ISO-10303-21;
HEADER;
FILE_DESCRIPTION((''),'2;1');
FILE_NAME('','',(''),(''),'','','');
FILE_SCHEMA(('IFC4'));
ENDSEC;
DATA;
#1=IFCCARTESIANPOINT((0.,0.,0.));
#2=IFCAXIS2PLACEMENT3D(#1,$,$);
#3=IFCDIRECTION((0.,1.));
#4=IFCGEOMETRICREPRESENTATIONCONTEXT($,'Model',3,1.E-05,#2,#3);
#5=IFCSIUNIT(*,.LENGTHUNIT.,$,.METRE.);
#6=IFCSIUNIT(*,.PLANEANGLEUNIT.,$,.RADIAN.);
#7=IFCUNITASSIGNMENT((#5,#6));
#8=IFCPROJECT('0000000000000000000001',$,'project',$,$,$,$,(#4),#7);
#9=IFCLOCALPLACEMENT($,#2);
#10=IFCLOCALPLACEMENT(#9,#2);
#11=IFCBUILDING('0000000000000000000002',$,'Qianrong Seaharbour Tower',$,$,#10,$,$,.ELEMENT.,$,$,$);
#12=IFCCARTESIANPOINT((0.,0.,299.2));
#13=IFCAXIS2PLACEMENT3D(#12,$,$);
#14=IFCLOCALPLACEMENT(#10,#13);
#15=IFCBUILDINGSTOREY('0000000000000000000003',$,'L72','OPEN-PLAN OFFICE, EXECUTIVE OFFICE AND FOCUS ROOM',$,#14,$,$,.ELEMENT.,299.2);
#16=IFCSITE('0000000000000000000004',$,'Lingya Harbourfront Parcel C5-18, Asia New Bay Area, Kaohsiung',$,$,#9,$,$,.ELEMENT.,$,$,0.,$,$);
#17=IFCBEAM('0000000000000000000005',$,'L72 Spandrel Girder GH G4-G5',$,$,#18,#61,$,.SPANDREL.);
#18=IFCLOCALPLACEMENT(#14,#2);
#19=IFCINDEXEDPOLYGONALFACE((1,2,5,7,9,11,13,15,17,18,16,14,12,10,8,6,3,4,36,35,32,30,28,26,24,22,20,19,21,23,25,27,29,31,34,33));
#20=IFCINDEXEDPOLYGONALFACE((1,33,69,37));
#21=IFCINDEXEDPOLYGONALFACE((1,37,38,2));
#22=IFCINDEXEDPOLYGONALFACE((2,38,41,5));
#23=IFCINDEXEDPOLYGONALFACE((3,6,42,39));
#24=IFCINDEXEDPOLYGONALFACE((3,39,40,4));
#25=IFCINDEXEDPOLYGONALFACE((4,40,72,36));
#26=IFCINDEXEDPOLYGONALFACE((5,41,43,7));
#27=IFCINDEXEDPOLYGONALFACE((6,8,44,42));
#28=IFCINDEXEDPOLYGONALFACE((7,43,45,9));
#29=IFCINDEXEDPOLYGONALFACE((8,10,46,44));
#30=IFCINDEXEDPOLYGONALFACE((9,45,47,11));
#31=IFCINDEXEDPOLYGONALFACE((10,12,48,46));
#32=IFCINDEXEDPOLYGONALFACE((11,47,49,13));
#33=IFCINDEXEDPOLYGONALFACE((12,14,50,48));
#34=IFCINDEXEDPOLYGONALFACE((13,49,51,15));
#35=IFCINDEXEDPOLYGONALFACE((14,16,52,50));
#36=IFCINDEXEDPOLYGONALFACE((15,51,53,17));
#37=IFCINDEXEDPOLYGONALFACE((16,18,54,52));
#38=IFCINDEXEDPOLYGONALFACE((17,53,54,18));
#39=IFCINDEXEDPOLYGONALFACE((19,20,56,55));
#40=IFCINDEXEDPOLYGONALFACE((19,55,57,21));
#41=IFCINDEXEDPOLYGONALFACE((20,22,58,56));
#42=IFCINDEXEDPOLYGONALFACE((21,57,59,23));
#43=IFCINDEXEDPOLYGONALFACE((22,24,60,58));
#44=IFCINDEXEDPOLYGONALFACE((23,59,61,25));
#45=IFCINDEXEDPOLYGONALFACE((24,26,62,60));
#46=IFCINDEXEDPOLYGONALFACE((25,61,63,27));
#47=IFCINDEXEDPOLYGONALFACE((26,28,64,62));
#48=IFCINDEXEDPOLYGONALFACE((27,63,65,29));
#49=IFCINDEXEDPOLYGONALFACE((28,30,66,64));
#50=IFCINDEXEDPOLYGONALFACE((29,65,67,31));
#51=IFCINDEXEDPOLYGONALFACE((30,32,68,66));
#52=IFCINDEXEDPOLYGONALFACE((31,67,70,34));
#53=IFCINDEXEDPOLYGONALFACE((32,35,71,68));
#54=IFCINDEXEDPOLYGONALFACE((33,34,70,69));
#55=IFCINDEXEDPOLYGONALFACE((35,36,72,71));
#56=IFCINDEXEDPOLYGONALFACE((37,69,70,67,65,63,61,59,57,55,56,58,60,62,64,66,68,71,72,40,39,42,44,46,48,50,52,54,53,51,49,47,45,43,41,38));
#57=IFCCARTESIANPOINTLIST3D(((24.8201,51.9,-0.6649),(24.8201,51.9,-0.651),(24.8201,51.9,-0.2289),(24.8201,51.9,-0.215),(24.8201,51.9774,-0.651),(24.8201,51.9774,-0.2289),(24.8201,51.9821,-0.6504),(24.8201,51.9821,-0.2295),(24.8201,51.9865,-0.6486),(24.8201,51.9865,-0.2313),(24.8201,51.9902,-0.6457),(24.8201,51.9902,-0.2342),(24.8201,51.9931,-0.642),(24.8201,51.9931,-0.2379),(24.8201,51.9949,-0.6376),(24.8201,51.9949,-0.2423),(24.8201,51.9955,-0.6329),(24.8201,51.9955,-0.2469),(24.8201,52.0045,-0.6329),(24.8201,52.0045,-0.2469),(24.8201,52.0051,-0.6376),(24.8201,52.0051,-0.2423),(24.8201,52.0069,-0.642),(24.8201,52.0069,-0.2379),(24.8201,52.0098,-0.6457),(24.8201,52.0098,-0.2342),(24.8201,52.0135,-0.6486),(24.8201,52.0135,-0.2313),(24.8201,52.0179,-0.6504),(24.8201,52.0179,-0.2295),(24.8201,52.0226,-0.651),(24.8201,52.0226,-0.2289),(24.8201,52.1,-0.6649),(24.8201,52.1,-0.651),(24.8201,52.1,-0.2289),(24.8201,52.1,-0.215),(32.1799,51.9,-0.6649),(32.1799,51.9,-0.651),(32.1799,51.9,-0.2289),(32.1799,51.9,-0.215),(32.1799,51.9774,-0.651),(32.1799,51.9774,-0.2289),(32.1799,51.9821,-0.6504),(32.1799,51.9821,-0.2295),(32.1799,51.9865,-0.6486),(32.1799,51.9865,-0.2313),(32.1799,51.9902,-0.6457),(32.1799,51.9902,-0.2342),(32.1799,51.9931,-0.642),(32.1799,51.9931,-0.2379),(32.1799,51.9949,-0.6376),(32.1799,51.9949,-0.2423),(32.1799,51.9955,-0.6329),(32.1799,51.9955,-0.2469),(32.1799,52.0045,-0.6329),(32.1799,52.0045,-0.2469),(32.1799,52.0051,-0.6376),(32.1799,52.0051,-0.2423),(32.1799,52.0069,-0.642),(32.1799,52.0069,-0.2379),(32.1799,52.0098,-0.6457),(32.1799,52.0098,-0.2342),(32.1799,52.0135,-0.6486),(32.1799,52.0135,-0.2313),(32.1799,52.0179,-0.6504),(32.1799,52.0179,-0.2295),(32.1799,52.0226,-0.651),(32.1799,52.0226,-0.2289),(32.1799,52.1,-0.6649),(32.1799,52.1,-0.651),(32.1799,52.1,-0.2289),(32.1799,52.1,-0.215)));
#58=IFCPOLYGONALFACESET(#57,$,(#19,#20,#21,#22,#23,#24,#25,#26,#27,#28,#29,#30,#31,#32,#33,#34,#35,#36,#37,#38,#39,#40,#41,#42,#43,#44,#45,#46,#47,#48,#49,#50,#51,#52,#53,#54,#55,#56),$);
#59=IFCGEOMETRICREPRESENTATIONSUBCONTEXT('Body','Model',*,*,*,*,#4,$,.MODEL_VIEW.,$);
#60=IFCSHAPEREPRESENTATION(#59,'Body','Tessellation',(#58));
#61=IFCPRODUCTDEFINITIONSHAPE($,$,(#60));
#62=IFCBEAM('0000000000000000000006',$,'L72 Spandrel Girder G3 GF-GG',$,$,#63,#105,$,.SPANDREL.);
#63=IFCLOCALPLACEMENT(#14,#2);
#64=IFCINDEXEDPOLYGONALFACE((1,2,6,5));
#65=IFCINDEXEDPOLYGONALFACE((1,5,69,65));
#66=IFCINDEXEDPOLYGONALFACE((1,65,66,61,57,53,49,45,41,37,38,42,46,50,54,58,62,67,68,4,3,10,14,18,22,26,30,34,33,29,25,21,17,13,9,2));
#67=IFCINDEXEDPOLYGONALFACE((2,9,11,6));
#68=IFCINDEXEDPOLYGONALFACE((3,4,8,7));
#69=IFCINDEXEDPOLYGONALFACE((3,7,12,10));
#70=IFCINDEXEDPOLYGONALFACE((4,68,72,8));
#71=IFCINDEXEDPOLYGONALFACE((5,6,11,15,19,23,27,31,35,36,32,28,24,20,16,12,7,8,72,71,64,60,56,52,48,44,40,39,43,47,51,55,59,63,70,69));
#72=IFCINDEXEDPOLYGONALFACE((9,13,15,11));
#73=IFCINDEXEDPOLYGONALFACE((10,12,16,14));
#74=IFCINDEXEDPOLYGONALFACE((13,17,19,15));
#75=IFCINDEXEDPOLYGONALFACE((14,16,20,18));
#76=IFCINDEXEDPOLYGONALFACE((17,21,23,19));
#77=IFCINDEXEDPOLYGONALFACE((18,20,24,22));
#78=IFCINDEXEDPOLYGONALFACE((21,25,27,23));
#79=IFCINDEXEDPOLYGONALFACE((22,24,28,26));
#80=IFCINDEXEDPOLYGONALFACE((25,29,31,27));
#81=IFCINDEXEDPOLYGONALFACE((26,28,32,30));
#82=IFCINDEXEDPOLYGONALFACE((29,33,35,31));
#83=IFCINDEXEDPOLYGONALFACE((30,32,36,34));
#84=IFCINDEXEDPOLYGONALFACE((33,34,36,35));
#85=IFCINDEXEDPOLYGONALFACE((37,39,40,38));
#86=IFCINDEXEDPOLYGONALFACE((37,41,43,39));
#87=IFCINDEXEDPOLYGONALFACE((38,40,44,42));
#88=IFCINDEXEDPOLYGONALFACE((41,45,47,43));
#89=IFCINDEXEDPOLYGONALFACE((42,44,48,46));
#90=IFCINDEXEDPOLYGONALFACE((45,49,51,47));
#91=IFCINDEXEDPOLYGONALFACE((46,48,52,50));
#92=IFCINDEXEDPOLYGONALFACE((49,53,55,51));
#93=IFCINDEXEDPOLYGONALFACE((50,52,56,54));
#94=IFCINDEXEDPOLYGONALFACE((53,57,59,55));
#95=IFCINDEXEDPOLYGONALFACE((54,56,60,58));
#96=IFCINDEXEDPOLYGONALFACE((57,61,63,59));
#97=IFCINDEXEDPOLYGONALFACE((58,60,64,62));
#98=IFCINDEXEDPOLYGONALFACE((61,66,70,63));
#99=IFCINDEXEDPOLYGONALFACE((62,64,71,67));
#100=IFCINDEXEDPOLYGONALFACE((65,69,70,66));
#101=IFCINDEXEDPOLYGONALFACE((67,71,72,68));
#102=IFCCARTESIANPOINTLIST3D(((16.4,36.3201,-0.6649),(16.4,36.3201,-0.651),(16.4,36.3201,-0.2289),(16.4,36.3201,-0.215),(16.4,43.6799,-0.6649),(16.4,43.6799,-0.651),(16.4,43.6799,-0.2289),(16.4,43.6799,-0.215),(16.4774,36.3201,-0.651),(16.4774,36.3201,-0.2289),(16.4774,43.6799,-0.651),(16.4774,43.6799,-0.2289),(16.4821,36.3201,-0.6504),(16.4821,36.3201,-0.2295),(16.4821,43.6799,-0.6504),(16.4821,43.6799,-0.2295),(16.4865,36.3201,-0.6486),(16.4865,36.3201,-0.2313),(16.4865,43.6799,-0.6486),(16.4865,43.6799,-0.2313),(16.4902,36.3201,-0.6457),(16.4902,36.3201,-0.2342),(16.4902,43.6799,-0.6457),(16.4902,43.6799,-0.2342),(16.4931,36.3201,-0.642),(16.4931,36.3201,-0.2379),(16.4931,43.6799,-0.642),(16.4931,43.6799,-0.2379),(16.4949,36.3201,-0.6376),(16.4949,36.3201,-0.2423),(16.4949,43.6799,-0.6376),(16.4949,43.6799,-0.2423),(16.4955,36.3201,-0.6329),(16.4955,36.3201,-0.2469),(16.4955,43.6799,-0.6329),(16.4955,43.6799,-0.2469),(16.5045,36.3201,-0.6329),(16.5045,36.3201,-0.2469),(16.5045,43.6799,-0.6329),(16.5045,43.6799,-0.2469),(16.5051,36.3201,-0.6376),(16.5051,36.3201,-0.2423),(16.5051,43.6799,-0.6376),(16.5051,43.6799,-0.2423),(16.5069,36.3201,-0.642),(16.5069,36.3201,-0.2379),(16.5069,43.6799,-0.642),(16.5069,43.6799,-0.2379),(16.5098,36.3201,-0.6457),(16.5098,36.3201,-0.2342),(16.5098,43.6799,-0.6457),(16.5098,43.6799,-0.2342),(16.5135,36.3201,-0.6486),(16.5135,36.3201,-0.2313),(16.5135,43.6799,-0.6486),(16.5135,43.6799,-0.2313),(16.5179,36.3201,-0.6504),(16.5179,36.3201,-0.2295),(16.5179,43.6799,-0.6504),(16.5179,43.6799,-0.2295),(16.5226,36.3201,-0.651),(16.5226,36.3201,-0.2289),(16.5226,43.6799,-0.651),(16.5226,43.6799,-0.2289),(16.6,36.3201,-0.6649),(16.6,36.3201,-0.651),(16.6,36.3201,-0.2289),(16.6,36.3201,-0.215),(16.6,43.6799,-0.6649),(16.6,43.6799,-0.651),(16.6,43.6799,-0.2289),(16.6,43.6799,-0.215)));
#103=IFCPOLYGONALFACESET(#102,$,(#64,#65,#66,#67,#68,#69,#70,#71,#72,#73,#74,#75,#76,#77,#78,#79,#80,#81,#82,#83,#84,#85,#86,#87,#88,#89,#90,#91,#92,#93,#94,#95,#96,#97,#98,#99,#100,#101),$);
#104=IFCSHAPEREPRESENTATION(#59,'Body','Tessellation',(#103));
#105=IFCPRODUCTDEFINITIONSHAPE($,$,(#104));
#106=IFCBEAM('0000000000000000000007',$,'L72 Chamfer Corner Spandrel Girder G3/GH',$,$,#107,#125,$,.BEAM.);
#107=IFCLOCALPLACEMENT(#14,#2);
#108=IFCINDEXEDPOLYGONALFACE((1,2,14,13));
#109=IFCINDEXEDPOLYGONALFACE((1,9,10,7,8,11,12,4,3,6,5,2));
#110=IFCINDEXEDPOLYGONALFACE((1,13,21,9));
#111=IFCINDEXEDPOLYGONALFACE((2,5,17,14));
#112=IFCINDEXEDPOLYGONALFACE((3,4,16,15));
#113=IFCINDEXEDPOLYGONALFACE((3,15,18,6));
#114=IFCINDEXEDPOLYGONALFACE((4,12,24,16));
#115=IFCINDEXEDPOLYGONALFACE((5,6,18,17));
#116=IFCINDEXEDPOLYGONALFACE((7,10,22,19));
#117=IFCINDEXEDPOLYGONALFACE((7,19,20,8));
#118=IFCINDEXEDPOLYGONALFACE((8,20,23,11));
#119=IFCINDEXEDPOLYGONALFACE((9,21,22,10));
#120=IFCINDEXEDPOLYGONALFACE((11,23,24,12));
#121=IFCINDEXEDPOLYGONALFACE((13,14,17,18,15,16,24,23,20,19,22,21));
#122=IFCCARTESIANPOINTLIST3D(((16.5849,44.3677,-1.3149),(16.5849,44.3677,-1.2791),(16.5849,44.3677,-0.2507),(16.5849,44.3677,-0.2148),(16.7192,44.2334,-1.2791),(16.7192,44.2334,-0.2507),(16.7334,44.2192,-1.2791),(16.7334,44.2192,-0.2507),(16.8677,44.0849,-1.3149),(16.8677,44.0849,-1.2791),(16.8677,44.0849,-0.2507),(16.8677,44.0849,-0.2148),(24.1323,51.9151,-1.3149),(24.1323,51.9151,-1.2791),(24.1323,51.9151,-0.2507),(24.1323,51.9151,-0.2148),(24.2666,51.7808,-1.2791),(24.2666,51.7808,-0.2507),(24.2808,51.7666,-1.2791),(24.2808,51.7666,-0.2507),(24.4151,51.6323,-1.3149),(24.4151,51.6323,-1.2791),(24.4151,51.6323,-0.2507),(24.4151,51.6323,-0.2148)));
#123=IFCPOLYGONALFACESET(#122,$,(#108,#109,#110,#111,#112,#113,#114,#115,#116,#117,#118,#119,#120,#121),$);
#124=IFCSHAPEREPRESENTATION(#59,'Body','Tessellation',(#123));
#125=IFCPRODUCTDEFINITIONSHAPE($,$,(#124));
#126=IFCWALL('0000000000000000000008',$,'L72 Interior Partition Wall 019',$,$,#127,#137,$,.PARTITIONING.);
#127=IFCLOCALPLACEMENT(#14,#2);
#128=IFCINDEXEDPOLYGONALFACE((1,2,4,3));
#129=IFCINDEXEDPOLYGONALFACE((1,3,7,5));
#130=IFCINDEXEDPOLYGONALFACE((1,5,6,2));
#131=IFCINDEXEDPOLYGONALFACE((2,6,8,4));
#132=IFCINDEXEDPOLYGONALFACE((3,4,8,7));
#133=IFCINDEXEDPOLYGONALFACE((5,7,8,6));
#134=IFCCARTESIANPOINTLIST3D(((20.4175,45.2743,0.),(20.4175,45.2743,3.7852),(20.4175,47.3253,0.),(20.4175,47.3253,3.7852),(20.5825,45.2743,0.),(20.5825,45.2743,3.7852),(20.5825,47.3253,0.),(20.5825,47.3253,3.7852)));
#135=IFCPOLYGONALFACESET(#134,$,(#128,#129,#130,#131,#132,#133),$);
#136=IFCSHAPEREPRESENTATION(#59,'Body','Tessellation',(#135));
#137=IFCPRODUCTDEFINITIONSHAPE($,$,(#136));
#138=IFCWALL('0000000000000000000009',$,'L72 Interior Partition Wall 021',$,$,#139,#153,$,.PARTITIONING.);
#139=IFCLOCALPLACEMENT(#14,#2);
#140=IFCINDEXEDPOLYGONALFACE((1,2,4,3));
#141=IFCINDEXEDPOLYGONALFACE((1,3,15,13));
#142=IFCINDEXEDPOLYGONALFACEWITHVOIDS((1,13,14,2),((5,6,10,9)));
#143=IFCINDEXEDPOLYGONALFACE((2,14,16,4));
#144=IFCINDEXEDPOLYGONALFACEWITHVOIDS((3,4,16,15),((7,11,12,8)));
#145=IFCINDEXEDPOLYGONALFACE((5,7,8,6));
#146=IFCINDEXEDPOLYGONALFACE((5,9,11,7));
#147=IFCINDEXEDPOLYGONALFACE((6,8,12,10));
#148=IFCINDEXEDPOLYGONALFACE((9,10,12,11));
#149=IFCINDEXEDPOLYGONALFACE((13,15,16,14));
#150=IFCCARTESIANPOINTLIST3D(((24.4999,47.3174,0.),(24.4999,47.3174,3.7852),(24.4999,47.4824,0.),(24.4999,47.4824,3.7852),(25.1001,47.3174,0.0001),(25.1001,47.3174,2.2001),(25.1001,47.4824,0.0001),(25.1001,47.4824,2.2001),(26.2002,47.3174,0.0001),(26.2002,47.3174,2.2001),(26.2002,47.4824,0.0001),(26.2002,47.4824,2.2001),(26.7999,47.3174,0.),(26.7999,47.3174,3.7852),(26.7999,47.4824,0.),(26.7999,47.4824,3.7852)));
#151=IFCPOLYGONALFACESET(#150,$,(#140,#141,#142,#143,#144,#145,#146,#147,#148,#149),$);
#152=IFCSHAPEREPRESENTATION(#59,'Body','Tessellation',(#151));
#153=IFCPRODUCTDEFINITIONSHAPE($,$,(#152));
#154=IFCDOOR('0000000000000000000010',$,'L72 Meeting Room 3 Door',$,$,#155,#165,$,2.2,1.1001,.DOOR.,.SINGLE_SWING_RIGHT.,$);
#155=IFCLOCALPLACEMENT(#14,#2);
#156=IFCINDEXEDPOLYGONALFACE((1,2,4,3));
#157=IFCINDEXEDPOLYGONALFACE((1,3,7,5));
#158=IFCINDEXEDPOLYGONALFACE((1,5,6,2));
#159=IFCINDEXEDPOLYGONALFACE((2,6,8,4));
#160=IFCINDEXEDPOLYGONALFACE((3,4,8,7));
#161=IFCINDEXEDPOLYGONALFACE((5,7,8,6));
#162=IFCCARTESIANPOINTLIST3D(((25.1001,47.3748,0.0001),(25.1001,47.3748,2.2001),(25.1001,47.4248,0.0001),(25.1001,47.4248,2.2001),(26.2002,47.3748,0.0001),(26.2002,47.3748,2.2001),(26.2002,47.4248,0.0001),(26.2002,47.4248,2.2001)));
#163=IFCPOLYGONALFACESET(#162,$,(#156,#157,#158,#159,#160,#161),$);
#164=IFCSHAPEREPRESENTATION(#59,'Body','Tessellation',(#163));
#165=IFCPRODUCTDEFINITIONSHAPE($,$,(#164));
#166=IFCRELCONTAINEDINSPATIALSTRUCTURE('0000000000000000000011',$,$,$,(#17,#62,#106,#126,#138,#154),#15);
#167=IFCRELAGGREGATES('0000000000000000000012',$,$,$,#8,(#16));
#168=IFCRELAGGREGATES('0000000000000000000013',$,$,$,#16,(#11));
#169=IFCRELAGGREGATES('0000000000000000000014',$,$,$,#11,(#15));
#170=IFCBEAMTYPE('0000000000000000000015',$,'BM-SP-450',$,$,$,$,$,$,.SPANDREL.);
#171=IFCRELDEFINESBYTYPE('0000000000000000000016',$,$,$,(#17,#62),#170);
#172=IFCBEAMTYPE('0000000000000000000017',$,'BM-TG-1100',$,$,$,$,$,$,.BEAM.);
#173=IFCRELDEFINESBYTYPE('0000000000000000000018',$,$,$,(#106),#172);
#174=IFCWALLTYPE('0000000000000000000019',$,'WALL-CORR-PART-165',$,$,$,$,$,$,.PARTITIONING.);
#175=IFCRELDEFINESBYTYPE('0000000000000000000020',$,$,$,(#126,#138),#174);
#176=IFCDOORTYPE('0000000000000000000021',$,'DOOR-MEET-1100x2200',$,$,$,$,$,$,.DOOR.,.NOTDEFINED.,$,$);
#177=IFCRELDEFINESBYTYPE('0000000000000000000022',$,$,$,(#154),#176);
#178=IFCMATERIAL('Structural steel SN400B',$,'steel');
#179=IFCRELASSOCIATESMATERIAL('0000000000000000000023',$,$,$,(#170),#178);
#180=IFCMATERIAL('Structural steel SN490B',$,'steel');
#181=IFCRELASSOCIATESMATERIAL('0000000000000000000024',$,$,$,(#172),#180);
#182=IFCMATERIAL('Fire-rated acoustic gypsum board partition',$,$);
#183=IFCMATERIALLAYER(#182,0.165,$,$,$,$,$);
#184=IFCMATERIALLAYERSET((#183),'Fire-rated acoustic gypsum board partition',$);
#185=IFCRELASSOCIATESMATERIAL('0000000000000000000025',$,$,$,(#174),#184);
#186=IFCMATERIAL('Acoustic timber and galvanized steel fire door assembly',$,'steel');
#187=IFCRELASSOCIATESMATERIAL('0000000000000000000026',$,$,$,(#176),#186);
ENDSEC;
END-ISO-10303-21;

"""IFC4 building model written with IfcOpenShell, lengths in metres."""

from ifc_helpers import new_model, si_unit, direction, frame, frame_2d, origin, origin_2d, place, context, subcontext, project, spatial, rectangle, i_section, extrude, material, layer, layer_set, material_profile, profile_set, type_object, element, fill, save


model = new_model("IFC4")

# Units and contexts
model_context = context("Model", 3, precision=1e-05, world=origin(), true_north=direction((0.0, 1.0)))
body_context = subcontext(model_context, "Body", "Model", "MODEL_VIEW")
ifc_project = project(units=[si_unit("LENGTHUNIT", "METRE"), si_unit("PLANEANGLEUNIT", "RADIAN")], contexts=[model_context])

# Site, building, storey
site_placement = place(None, origin())
site = spatial("IfcSite", under=ifc_project, at=site_placement, Name="Lingya Harbourfront Parcel C5-18, Asia New Bay Area, Kaohsiung", CompositionType="ELEMENT", RefElevation=0.0)
building_placement = place(site_placement, origin())
building = spatial("IfcBuilding", under=site, at=building_placement, Name="Qianrong Seaharbour Tower", CompositionType="ELEMENT")
storey_placement = place(building_placement, frame((0.0, 0.0, 299.2)))
storey = spatial("IfcBuildingStorey", under=building, at=storey_placement, Name="L72", Description="OPEN-PLAN OFFICE, EXECUTIVE OFFICE AND FOCUS ROOM", CompositionType="ELEMENT", Elevation=299.2)

# Shared definitions
ifc_material_1 = material(Name="Structural steel SN490B", Category="steel")
ifc_material_2 = material(Name="Structural steel SN400B", Category="steel")

# Beams
ifc_material_profile_1 = material_profile(ifc_material_2, i_section(OverallWidth=0.2, OverallDepth=0.45, WebThickness=0.009, FlangeThickness=0.0139, FilletRadius=0.0181, at=origin_2d()), Name="H450x200x9x14")
ifc_profile_set_1 = profile_set([ifc_material_profile_1], Name="Structural steel SN400B")
beam_type_1 = type_object("IfcBeamType", Name="BM-SP-450", PredefinedType="SPANDREL", material=ifc_profile_set_1)
for number, where, z_axis, x_axis, name in (
    (1, (24.8201, 52.0, -0.4399), (1.0, 0.0, 0.0), (0.0, 1.0, 0.0), "L72 Spandrel Girder GH G4-G5"),
    (2, (16.5, 36.3201, -0.4399), (0.0, 1.0, 0.0), (-1.0, 0.0, 0.0), "L72 Spandrel Girder G3 GF-GG"),
):
    element("IfcBeam", number, at=place(storey_placement, frame(where, z_axis=z_axis, x_axis=x_axis)), inside=storey, type_object=beam_type_1, Name=name, PredefinedType="SPANDREL", context=body_context, shape_type="SweptSolid", body=[
        extrude(i_section(OverallWidth=0.2, OverallDepth=0.45, WebThickness=0.009, FlangeThickness=0.0139, FilletRadius=0.0181, at=origin_2d()), origin(), (0.0, 0.0, 1.0), 7.3599),
    ])
ifc_material_profile_2 = material_profile(ifc_material_1, i_section(OverallWidth=0.3999, OverallDepth=1.1001, WebThickness=0.02, FlangeThickness=0.0359, at=origin_2d()), Name="BH1100x400x20x36")
ifc_profile_set_2 = profile_set([ifc_material_profile_2], Name="Structural steel SN490B")
beam_type_2 = type_object("IfcBeamType", Name="BM-TG-1100", PredefinedType="BEAM", material=ifc_profile_set_2)
beam_1_placement = place(storey_placement, frame((24.2737, 51.7737, -0.7649), z_axis=(-0.707107, -0.707107, 0.0), x_axis=(0.707107, -0.707107, 0.0)))
element("IfcBeam", 3, at=beam_1_placement, inside=storey, type_object=beam_type_2, Name="L72 Chamfer Corner Spandrel Girder G3/GH", PredefinedType="BEAM", context=body_context, shape_type="SweptSolid", body=[
    extrude(i_section(OverallWidth=0.3999, OverallDepth=1.1001, WebThickness=0.02, FlangeThickness=0.0359, at=origin_2d()), origin(), (0.0, 0.0, 1.0), 10.6736),
])

# Wall
ifc_material_3 = material(Name="Fire-rated acoustic gypsum board partition")
ifc_layer_1 = layer(ifc_material_3, 0.165)
ifc_layer_set_1 = layer_set([ifc_layer_1], Name="Fire-rated acoustic gypsum board partition")
wall_type_1 = type_object("IfcWallType", Name="WALL-CORR-PART-165", PredefinedType="PARTITIONING", material=ifc_layer_set_1)
wall_1_placement = place(storey_placement, frame((20.5, 45.2744, 0.0), z_axis=(0.0, 0.0, 1.0), x_axis=(0.0, 1.0, 0.0)))
element("IfcWall", 4, at=wall_1_placement, inside=storey, type_object=wall_type_1, Name="L72 Interior Partition Wall 019", PredefinedType="PARTITIONING", context=body_context, shape_type="SweptSolid", body=[
    extrude(rectangle(XDim=2.051, YDim=0.165, at=frame_2d((1.0254, 0.0))), origin(), (0.0, 0.0, 1.0), 3.7852),
])

# Wall, opening, door
ifc_material_4 = material(Name="Acoustic timber and galvanized steel fire door assembly", Category="steel")
wall_2_placement = place(storey_placement, frame((24.5, 47.3999, 0.0), z_axis=(0.0, 0.0, 1.0), x_axis=(1.0, 0.0, 0.0)))
wall_2 = element("IfcWall", 5, at=wall_2_placement, inside=storey, type_object=wall_type_1, Name="L72 Interior Partition Wall 021", PredefinedType="PARTITIONING", context=body_context, shape_type="SweptSolid", body=[
    extrude(rectangle(XDim=2.3, YDim=0.165, at=frame_2d((1.1499, 0.0))), origin(), (0.0, 0.0, 1.0), 3.7852),
])
opening_1_placement = place(wall_2_placement, frame((0.6001, 0.0, 0.0)))
opening_1 = element("IfcOpeningElement", 6, at=opening_1_placement, cuts=wall_2, PredefinedType="OPENING", context=body_context, shape_type="SweptSolid", body=[
    extrude(rectangle(XDim=1.1001, YDim=2.2, at=frame_2d((0.55, 1.1001))), frame((0.0, 0.0925, 0.0), z_axis=(0.0, -1.0, 0.0), x_axis=(1.0, 0.0, 0.0)), (0.0, 0.0, 1.0), 0.1851),
])
door_type_1 = type_object("IfcDoorType", Name="DOOR-MEET-1100x2200", OperationType="NOTDEFINED", PredefinedType="DOOR", material=ifc_material_4)
door_1_placement = place(opening_1_placement, origin())
door_1 = element("IfcDoor", 7, at=door_1_placement, inside=storey, type_object=door_type_1, Name="L72 Meeting Room 3 Door", OperationType="SINGLE_SWING_RIGHT", OverallHeight=2.2, OverallWidth=1.1001, PredefinedType="DOOR", context=body_context, shape_type="SweptSolid", body=[
    extrude(rectangle(XDim=1.1001, YDim=2.2, at=frame_2d((0.55, 1.1001))), frame((0.0, 0.0249, 0.0), z_axis=(0.0, -1.0, 0.0), x_axis=(1.0, 0.0, 0.0)), (0.0, 0.0, 1.0), 0.05),
])
fill(opening_1, door_1)

save(model, "model.ifc")
